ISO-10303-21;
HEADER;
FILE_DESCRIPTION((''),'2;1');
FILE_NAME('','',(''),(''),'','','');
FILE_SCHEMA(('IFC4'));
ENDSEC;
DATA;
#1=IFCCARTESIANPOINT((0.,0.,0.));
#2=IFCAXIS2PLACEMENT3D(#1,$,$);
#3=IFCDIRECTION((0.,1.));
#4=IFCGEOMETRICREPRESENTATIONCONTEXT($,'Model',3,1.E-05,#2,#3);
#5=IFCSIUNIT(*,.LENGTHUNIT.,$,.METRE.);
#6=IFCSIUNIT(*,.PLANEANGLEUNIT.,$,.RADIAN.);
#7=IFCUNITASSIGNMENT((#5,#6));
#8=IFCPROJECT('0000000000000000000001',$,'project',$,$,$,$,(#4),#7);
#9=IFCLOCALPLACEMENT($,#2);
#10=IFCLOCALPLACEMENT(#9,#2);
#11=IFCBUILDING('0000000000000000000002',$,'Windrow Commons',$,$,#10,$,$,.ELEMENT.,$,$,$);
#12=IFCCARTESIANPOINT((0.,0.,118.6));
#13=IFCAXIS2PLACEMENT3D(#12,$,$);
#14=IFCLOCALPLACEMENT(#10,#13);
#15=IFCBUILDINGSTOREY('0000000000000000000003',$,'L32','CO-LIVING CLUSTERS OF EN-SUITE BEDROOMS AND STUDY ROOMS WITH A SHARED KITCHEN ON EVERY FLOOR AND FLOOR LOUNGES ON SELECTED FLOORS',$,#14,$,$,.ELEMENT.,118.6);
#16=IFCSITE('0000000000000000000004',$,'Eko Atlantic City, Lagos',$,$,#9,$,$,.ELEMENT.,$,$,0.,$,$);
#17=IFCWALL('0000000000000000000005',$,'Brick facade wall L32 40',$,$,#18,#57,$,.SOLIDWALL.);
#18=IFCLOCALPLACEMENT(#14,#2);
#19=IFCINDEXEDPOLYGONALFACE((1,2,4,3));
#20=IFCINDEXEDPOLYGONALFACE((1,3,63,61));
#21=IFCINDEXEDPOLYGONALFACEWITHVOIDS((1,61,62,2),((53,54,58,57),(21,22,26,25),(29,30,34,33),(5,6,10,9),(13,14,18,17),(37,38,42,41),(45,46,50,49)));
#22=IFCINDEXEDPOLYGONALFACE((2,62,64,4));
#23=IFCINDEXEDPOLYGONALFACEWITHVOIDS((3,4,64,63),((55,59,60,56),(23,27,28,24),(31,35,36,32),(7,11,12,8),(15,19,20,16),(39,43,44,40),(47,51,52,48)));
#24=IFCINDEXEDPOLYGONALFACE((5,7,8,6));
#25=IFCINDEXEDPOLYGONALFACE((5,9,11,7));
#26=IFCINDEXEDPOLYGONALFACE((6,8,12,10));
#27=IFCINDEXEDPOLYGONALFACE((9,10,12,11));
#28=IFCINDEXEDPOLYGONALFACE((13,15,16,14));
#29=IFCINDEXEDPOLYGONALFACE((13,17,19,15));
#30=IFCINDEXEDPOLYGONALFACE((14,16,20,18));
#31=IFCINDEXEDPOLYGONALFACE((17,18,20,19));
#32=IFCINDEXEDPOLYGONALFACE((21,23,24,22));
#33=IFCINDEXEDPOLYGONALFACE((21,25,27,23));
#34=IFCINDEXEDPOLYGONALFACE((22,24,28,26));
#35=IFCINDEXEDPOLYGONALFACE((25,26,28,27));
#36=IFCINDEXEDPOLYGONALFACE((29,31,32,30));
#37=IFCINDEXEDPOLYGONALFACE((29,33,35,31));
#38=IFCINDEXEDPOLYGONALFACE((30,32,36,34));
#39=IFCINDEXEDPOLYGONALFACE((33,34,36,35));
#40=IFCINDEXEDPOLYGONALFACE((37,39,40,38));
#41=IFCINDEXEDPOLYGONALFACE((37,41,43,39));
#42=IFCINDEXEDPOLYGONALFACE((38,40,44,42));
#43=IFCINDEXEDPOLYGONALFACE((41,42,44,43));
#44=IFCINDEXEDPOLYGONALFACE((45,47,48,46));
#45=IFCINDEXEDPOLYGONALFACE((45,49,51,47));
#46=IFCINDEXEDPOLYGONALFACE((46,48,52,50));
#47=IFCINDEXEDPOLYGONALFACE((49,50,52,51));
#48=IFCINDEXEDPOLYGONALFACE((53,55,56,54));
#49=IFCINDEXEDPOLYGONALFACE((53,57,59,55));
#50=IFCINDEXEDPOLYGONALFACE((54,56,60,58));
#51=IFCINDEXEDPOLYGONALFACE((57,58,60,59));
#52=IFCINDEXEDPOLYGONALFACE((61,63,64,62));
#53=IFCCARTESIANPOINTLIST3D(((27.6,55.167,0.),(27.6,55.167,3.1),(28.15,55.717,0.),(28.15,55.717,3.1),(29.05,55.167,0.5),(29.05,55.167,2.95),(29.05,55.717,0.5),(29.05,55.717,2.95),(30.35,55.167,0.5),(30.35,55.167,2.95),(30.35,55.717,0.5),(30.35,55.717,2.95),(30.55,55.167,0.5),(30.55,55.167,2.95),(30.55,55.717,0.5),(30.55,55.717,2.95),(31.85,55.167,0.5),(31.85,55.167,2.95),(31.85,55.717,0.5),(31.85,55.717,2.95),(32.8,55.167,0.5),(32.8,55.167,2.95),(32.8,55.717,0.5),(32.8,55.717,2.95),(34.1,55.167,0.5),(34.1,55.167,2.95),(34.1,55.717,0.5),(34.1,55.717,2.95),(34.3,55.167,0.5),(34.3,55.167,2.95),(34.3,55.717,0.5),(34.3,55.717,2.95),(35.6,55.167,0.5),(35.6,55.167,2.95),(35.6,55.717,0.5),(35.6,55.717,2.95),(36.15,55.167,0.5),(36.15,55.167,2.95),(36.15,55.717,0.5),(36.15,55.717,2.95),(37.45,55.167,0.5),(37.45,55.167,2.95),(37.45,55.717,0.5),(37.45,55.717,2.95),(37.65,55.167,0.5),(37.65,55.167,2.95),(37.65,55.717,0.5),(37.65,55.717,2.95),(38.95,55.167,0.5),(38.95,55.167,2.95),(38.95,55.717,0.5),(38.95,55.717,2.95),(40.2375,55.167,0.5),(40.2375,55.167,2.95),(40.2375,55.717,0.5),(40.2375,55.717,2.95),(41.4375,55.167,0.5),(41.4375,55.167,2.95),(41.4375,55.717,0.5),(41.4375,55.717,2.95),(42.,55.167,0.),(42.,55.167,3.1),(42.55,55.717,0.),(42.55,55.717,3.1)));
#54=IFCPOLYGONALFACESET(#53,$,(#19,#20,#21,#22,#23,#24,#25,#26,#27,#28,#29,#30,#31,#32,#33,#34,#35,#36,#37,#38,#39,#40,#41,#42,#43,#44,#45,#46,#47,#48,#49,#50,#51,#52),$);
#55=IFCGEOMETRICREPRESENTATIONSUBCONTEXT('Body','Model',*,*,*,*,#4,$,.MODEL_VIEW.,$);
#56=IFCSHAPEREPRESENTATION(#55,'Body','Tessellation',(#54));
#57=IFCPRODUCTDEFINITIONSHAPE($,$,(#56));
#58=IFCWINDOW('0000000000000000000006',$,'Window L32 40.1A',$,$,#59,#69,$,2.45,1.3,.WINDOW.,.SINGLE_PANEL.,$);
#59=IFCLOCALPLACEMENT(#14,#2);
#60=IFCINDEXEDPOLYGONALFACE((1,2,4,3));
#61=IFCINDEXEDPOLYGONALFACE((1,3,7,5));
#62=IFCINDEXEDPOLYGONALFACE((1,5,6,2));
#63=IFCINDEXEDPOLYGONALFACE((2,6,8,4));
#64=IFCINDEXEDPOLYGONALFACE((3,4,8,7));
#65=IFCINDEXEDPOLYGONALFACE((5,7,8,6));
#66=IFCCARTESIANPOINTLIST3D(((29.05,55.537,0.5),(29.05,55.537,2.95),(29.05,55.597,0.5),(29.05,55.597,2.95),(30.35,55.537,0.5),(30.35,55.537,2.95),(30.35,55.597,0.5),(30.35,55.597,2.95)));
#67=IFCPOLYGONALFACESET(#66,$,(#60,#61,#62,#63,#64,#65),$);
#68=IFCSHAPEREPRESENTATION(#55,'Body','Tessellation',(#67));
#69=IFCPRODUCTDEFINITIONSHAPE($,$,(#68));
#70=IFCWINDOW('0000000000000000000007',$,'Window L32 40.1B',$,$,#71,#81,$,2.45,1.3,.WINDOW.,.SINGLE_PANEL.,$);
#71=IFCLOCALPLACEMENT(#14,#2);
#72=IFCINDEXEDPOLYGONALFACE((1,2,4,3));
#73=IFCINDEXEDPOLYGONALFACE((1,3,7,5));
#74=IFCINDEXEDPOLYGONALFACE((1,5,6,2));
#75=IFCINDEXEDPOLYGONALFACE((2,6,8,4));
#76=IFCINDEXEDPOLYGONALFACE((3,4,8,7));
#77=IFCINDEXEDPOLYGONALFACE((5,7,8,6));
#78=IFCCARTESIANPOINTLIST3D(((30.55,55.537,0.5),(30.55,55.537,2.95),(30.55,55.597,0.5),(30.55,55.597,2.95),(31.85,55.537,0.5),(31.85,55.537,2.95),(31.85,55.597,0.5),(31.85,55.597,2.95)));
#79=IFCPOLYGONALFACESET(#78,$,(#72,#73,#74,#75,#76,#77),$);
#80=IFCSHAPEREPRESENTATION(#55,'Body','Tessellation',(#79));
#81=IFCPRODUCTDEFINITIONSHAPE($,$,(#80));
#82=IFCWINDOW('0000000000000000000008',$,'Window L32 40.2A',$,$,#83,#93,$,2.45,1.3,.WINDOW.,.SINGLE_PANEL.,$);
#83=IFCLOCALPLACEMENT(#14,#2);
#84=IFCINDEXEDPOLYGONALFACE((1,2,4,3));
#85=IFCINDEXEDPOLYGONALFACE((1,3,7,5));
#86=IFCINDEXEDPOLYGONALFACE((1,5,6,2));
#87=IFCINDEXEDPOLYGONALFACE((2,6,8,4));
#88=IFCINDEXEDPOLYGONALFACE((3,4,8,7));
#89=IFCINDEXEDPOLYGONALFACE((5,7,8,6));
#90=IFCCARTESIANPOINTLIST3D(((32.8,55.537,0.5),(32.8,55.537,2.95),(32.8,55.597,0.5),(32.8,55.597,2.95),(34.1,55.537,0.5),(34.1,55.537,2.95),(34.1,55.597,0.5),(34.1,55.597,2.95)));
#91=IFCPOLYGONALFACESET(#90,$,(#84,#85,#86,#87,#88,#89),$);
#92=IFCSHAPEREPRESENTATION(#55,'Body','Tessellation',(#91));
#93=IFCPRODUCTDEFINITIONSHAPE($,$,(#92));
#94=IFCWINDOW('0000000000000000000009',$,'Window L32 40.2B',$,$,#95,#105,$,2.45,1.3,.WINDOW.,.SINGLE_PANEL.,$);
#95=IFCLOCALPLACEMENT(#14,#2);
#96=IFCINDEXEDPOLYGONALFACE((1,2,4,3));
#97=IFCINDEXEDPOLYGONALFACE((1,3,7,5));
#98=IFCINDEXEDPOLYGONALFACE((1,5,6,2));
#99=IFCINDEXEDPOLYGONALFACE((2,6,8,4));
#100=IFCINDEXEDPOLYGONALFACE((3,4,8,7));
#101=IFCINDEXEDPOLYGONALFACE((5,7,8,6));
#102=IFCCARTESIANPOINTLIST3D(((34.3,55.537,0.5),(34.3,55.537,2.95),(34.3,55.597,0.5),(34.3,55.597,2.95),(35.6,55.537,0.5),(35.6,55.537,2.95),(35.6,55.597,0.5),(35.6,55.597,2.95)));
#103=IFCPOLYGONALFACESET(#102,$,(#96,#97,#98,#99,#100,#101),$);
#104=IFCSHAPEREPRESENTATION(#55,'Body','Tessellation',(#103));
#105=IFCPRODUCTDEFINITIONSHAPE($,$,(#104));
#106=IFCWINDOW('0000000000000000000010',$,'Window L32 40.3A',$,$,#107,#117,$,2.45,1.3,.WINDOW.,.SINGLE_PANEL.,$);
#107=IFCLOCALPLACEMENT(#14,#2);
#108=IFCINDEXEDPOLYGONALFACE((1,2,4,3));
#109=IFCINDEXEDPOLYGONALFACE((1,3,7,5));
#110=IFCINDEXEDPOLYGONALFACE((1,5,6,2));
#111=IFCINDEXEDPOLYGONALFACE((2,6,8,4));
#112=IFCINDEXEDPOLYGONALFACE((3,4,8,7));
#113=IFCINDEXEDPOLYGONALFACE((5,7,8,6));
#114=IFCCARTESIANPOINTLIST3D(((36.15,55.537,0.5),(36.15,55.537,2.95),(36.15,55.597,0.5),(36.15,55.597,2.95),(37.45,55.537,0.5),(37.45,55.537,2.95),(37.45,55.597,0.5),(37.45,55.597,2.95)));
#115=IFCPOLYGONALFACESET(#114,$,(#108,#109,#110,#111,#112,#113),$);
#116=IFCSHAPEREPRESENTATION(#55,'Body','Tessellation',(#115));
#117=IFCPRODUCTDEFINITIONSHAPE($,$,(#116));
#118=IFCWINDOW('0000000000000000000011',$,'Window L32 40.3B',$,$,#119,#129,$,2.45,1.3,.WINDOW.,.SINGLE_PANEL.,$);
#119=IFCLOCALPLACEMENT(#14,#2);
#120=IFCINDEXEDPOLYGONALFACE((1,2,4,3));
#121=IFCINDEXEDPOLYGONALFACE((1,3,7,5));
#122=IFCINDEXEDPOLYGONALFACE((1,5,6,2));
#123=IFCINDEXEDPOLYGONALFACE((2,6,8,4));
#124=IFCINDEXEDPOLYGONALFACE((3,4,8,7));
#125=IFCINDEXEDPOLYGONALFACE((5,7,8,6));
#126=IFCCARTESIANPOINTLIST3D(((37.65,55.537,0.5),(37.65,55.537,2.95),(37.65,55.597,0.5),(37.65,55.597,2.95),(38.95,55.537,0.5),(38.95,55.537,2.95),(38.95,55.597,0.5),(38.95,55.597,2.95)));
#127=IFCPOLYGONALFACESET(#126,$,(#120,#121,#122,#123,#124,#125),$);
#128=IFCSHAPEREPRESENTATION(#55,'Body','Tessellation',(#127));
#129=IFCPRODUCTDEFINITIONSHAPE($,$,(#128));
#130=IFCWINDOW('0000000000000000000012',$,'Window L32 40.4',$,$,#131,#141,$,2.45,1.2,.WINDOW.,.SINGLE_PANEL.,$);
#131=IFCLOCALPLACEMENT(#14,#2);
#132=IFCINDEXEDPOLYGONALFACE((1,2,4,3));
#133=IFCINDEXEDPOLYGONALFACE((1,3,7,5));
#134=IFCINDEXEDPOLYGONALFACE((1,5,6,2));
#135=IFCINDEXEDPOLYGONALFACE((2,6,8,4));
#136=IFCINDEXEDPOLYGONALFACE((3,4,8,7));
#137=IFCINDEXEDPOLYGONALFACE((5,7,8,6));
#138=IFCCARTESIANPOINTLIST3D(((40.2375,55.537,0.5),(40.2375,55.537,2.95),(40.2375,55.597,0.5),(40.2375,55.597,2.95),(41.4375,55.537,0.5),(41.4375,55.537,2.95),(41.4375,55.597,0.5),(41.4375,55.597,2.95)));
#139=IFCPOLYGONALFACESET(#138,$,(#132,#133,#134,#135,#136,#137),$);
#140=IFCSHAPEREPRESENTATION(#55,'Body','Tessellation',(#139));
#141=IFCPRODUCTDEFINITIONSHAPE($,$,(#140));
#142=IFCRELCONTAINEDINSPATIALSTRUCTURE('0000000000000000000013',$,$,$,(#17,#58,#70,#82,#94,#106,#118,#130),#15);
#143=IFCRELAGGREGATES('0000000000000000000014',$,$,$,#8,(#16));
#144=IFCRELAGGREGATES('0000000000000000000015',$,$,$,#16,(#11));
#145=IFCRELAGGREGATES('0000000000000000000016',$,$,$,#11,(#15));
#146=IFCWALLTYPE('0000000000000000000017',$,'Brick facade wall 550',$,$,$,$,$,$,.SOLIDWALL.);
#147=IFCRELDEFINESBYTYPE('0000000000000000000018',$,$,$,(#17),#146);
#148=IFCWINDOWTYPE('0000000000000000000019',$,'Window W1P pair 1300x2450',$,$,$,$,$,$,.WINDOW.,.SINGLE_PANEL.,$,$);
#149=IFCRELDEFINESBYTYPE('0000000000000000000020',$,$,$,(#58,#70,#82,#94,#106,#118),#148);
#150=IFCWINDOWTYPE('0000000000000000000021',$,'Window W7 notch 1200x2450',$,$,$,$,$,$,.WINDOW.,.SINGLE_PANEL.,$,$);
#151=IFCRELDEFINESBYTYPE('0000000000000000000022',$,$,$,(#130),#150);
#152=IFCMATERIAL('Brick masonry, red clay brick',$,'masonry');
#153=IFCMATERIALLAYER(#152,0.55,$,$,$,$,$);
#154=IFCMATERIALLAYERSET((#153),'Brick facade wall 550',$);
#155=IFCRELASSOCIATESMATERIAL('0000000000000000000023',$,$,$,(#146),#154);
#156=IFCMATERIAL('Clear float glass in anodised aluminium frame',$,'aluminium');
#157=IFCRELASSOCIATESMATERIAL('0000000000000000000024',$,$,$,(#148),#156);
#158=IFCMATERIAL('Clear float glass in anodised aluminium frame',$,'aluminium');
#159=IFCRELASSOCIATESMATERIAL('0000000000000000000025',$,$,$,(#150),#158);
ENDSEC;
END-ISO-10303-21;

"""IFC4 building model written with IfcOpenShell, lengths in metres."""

from ifc_helpers import new_model, si_unit, direction, frame, frame_2d, origin, place, context, subcontext, project, spatial, polyline, rectangle, outline, extrude, material, layer, layer_set, type_object, element, fill, save


model = new_model("IFC4")

# Units and contexts
model_context = context("Model", 3, precision=1e-05, world=origin(), true_north=direction((0.0, 1.0)))
body_context = subcontext(model_context, "Body", "Model", "MODEL_VIEW")
ifc_project = project(units=[si_unit("LENGTHUNIT", "METRE"), si_unit("PLANEANGLEUNIT", "RADIAN")], contexts=[model_context])

# Site, building, storey
site_placement = place(None, origin())
site = spatial("IfcSite", under=ifc_project, at=site_placement, Name="Eko Atlantic City, Lagos", CompositionType="ELEMENT", RefElevation=0.0)
building_placement = place(site_placement, origin())
building = spatial("IfcBuilding", under=site, at=building_placement, Name="Windrow Commons", CompositionType="ELEMENT")
storey_placement = place(building_placement, frame((0.0, 0.0, 118.6)))
storey = spatial("IfcBuildingStorey", under=building, at=storey_placement, Name="L32", Description="CO-LIVING CLUSTERS OF EN-SUITE BEDROOMS AND STUDY ROOMS WITH A SHARED KITCHEN ON EVERY FLOOR AND FLOOR LOUNGES ON SELECTED FLOORS", CompositionType="ELEMENT", Elevation=118.6)

# Wall, openings, windows
ifc_material_1 = material(Name="Brick masonry, red clay brick", Category="masonry")
ifc_layer_1 = layer(ifc_material_1, 0.55)
ifc_layer_set_1 = layer_set([ifc_layer_1], Name="Brick facade wall 550")
wall_type_1 = type_object("IfcWallType", Name="Brick facade wall 550", PredefinedType="SOLIDWALL", material=ifc_layer_set_1)
wall_1_placement = place(storey_placement, frame((27.875, 55.442, 0.0), z_axis=(0.0, 0.0, 1.0), x_axis=(1.0, 0.0, 0.0)))
wall_1 = element("IfcWall", 1, at=wall_1_placement, inside=storey, type_object=wall_type_1, Name="Brick facade wall L32 40", PredefinedType="SOLIDWALL", context=body_context, shape_type="SweptSolid", body=[
    extrude(outline(polyline([(-0.275, -0.275), (14.125, -0.275), (14.675, 0.275), (0.275, 0.275), (-0.275, -0.275)])), origin(), (0.0, 0.0, 1.0), 3.1),
])
opening_1_placement = place(wall_1_placement, frame((1.175, 0.0, 0.5)))
opening_1 = element("IfcOpeningElement", 2, at=opening_1_placement, cuts=wall_1, PredefinedType="OPENING", context=body_context, shape_type="SweptSolid", body=[
    extrude(rectangle(XDim=1.3, YDim=2.45, at=frame_2d((0.65, 1.225))), frame((0.0, 0.285, 0.0), z_axis=(0.0, -1.0, 0.0), x_axis=(1.0, 0.0, 0.0)), (0.0, 0.0, 1.0), 0.57),
])
opening_2_placement = place(wall_1_placement, frame((2.675, 0.0, 0.5)))
opening_2 = element("IfcOpeningElement", 3, at=opening_2_placement, cuts=wall_1, PredefinedType="OPENING", context=body_context, shape_type="SweptSolid", body=[
    extrude(rectangle(XDim=1.3, YDim=2.45, at=frame_2d((0.65, 1.225))), frame((0.0, 0.285, 0.0), z_axis=(0.0, -1.0, 0.0), x_axis=(1.0, 0.0, 0.0)), (0.0, 0.0, 1.0), 0.57),
])
opening_3_placement = place(wall_1_placement, frame((4.925, 0.0, 0.5)))
opening_3 = element("IfcOpeningElement", 4, at=opening_3_placement, cuts=wall_1, PredefinedType="OPENING", context=body_context, shape_type="SweptSolid", body=[
    extrude(rectangle(XDim=1.3, YDim=2.45, at=frame_2d((0.65, 1.225))), frame((0.0, 0.285, 0.0), z_axis=(0.0, -1.0, 0.0), x_axis=(1.0, 0.0, 0.0)), (0.0, 0.0, 1.0), 0.57),
])
opening_4_placement = place(wall_1_placement, frame((6.425, 0.0, 0.5)))
opening_4 = element("IfcOpeningElement", 5, at=opening_4_placement, cuts=wall_1, PredefinedType="OPENING", context=body_context, shape_type="SweptSolid", body=[
    extrude(rectangle(XDim=1.3, YDim=2.45, at=frame_2d((0.65, 1.225))), frame((0.0, 0.285, 0.0), z_axis=(0.0, -1.0, 0.0), x_axis=(1.0, 0.0, 0.0)), (0.0, 0.0, 1.0), 0.57),
])
opening_5_placement = place(wall_1_placement, frame((8.275, 0.0, 0.5)))
opening_5 = element("IfcOpeningElement", 6, at=opening_5_placement, cuts=wall_1, PredefinedType="OPENING", context=body_context, shape_type="SweptSolid", body=[
    extrude(rectangle(XDim=1.3, YDim=2.45, at=frame_2d((0.65, 1.225))), frame((0.0, 0.285, 0.0), z_axis=(0.0, -1.0, 0.0), x_axis=(1.0, 0.0, 0.0)), (0.0, 0.0, 1.0), 0.57),
])
opening_6_placement = place(wall_1_placement, frame((9.775, 0.0, 0.5)))
opening_6 = element("IfcOpeningElement", 7, at=opening_6_placement, cuts=wall_1, PredefinedType="OPENING", context=body_context, shape_type="SweptSolid", body=[
    extrude(rectangle(XDim=1.3, YDim=2.45, at=frame_2d((0.65, 1.225))), frame((0.0, 0.285, 0.0), z_axis=(0.0, -1.0, 0.0), x_axis=(1.0, 0.0, 0.0)), (0.0, 0.0, 1.0), 0.57),
])
opening_7_placement = place(wall_1_placement, frame((12.3625, 0.0, 0.5)))
opening_7 = element("IfcOpeningElement", 8, at=opening_7_placement, cuts=wall_1, PredefinedType="OPENING", context=body_context, shape_type="SweptSolid", body=[
    extrude(rectangle(XDim=1.2, YDim=2.45, at=frame_2d((0.6, 1.225))), frame((0.0, 0.285, 0.0), z_axis=(0.0, -1.0, 0.0), x_axis=(1.0, 0.0, 0.0)), (0.0, 0.0, 1.0), 0.57),
])
ifc_material_2 = material(Name="Clear float glass in anodised aluminium frame", Category="aluminium")
window_type_1 = type_object("IfcWindowType", Name="Window W1P pair 1300x2450", PartitioningType="SINGLE_PANEL", PredefinedType="WINDOW", material=ifc_material_2)
window_1_placement = place(opening_1_placement, origin())
window_1 = element("IfcWindow", 9, at=window_1_placement, inside=storey, type_object=window_type_1, Name="Window L32 40.1A", OverallHeight=2.45, OverallWidth=1.3, PartitioningType="SINGLE_PANEL", PredefinedType="WINDOW", context=body_context, shape_type="SweptSolid", body=[
    extrude(rectangle(XDim=1.3, YDim=2.45, at=frame_2d((0.65, 1.225))), frame((0.0, 0.155, 0.0), z_axis=(0.0, -1.0, 0.0), x_axis=(1.0, 0.0, 0.0)), (0.0, 0.0, 1.0), 0.06),
])
fill(opening_1, window_1)
window_2_placement = place(opening_2_placement, origin())
window_2 = element("IfcWindow", 10, at=window_2_placement, inside=storey, type_object=window_type_1, Name="Window L32 40.1B", OverallHeight=2.45, OverallWidth=1.3, PartitioningType="SINGLE_PANEL", PredefinedType="WINDOW", context=body_context, shape_type="SweptSolid", body=[
    extrude(rectangle(XDim=1.3, YDim=2.45, at=frame_2d((0.65, 1.225))), frame((0.0, 0.155, 0.0), z_axis=(0.0, -1.0, 0.0), x_axis=(1.0, 0.0, 0.0)), (0.0, 0.0, 1.0), 0.06),
])
fill(opening_2, window_2)
window_3_placement = place(opening_3_placement, origin())
window_3 = element("IfcWindow", 11, at=window_3_placement, inside=storey, type_object=window_type_1, Name="Window L32 40.2A", OverallHeight=2.45, OverallWidth=1.3, PartitioningType="SINGLE_PANEL", PredefinedType="WINDOW", context=body_context, shape_type="SweptSolid", body=[
    extrude(rectangle(XDim=1.3, YDim=2.45, at=frame_2d((0.65, 1.225))), frame((0.0, 0.155, 0.0), z_axis=(0.0, -1.0, 0.0), x_axis=(1.0, 0.0, 0.0)), (0.0, 0.0, 1.0), 0.06),
])
fill(opening_3, window_3)
window_4_placement = place(opening_4_placement, origin())
window_4 = element("IfcWindow", 12, at=window_4_placement, inside=storey, type_object=window_type_1, Name="Window L32 40.2B", OverallHeight=2.45, OverallWidth=1.3, PartitioningType="SINGLE_PANEL", PredefinedType="WINDOW", context=body_context, shape_type="SweptSolid", body=[
    extrude(rectangle(XDim=1.3, YDim=2.45, at=frame_2d((0.65, 1.225))), frame((0.0, 0.155, 0.0), z_axis=(0.0, -1.0, 0.0), x_axis=(1.0, 0.0, 0.0)), (0.0, 0.0, 1.0), 0.06),
])
fill(opening_4, window_4)
window_5_placement = place(opening_5_placement, origin())
window_5 = element("IfcWindow", 13, at=window_5_placement, inside=storey, type_object=window_type_1, Name="Window L32 40.3A", OverallHeight=2.45, OverallWidth=1.3, PartitioningType="SINGLE_PANEL", PredefinedType="WINDOW", context=body_context, shape_type="SweptSolid", body=[
    extrude(rectangle(XDim=1.3, YDim=2.45, at=frame_2d((0.65, 1.225))), frame((0.0, 0.155, 0.0), z_axis=(0.0, -1.0, 0.0), x_axis=(1.0, 0.0, 0.0)), (0.0, 0.0, 1.0), 0.06),
])
fill(opening_5, window_5)
window_6_placement = place(opening_6_placement, origin())
window_6 = element("IfcWindow", 14, at=window_6_placement, inside=storey, type_object=window_type_1, Name="Window L32 40.3B", OverallHeight=2.45, OverallWidth=1.3, PartitioningType="SINGLE_PANEL", PredefinedType="WINDOW", context=body_context, shape_type="SweptSolid", body=[
    extrude(rectangle(XDim=1.3, YDim=2.45, at=frame_2d((0.65, 1.225))), frame((0.0, 0.155, 0.0), z_axis=(0.0, -1.0, 0.0), x_axis=(1.0, 0.0, 0.0)), (0.0, 0.0, 1.0), 0.06),
])
fill(opening_6, window_6)
ifc_material_3 = material(Name="Clear float glass in anodised aluminium frame", Category="aluminium")
window_type_2 = type_object("IfcWindowType", Name="Window W7 notch 1200x2450", PartitioningType="SINGLE_PANEL", PredefinedType="WINDOW", material=ifc_material_3)
window_7_placement = place(opening_7_placement, origin())
window_7 = element("IfcWindow", 15, at=window_7_placement, inside=storey, type_object=window_type_2, Name="Window L32 40.4", OverallHeight=2.45, OverallWidth=1.2, PartitioningType="SINGLE_PANEL", PredefinedType="WINDOW", context=body_context, shape_type="SweptSolid", body=[
    extrude(rectangle(XDim=1.2, YDim=2.45, at=frame_2d((0.6, 1.225))), frame((0.0, 0.155, 0.0), z_axis=(0.0, -1.0, 0.0), x_axis=(1.0, 0.0, 0.0)), (0.0, 0.0, 1.0), 0.06),
])
fill(opening_7, window_7)

save(model, "model.ifc")
